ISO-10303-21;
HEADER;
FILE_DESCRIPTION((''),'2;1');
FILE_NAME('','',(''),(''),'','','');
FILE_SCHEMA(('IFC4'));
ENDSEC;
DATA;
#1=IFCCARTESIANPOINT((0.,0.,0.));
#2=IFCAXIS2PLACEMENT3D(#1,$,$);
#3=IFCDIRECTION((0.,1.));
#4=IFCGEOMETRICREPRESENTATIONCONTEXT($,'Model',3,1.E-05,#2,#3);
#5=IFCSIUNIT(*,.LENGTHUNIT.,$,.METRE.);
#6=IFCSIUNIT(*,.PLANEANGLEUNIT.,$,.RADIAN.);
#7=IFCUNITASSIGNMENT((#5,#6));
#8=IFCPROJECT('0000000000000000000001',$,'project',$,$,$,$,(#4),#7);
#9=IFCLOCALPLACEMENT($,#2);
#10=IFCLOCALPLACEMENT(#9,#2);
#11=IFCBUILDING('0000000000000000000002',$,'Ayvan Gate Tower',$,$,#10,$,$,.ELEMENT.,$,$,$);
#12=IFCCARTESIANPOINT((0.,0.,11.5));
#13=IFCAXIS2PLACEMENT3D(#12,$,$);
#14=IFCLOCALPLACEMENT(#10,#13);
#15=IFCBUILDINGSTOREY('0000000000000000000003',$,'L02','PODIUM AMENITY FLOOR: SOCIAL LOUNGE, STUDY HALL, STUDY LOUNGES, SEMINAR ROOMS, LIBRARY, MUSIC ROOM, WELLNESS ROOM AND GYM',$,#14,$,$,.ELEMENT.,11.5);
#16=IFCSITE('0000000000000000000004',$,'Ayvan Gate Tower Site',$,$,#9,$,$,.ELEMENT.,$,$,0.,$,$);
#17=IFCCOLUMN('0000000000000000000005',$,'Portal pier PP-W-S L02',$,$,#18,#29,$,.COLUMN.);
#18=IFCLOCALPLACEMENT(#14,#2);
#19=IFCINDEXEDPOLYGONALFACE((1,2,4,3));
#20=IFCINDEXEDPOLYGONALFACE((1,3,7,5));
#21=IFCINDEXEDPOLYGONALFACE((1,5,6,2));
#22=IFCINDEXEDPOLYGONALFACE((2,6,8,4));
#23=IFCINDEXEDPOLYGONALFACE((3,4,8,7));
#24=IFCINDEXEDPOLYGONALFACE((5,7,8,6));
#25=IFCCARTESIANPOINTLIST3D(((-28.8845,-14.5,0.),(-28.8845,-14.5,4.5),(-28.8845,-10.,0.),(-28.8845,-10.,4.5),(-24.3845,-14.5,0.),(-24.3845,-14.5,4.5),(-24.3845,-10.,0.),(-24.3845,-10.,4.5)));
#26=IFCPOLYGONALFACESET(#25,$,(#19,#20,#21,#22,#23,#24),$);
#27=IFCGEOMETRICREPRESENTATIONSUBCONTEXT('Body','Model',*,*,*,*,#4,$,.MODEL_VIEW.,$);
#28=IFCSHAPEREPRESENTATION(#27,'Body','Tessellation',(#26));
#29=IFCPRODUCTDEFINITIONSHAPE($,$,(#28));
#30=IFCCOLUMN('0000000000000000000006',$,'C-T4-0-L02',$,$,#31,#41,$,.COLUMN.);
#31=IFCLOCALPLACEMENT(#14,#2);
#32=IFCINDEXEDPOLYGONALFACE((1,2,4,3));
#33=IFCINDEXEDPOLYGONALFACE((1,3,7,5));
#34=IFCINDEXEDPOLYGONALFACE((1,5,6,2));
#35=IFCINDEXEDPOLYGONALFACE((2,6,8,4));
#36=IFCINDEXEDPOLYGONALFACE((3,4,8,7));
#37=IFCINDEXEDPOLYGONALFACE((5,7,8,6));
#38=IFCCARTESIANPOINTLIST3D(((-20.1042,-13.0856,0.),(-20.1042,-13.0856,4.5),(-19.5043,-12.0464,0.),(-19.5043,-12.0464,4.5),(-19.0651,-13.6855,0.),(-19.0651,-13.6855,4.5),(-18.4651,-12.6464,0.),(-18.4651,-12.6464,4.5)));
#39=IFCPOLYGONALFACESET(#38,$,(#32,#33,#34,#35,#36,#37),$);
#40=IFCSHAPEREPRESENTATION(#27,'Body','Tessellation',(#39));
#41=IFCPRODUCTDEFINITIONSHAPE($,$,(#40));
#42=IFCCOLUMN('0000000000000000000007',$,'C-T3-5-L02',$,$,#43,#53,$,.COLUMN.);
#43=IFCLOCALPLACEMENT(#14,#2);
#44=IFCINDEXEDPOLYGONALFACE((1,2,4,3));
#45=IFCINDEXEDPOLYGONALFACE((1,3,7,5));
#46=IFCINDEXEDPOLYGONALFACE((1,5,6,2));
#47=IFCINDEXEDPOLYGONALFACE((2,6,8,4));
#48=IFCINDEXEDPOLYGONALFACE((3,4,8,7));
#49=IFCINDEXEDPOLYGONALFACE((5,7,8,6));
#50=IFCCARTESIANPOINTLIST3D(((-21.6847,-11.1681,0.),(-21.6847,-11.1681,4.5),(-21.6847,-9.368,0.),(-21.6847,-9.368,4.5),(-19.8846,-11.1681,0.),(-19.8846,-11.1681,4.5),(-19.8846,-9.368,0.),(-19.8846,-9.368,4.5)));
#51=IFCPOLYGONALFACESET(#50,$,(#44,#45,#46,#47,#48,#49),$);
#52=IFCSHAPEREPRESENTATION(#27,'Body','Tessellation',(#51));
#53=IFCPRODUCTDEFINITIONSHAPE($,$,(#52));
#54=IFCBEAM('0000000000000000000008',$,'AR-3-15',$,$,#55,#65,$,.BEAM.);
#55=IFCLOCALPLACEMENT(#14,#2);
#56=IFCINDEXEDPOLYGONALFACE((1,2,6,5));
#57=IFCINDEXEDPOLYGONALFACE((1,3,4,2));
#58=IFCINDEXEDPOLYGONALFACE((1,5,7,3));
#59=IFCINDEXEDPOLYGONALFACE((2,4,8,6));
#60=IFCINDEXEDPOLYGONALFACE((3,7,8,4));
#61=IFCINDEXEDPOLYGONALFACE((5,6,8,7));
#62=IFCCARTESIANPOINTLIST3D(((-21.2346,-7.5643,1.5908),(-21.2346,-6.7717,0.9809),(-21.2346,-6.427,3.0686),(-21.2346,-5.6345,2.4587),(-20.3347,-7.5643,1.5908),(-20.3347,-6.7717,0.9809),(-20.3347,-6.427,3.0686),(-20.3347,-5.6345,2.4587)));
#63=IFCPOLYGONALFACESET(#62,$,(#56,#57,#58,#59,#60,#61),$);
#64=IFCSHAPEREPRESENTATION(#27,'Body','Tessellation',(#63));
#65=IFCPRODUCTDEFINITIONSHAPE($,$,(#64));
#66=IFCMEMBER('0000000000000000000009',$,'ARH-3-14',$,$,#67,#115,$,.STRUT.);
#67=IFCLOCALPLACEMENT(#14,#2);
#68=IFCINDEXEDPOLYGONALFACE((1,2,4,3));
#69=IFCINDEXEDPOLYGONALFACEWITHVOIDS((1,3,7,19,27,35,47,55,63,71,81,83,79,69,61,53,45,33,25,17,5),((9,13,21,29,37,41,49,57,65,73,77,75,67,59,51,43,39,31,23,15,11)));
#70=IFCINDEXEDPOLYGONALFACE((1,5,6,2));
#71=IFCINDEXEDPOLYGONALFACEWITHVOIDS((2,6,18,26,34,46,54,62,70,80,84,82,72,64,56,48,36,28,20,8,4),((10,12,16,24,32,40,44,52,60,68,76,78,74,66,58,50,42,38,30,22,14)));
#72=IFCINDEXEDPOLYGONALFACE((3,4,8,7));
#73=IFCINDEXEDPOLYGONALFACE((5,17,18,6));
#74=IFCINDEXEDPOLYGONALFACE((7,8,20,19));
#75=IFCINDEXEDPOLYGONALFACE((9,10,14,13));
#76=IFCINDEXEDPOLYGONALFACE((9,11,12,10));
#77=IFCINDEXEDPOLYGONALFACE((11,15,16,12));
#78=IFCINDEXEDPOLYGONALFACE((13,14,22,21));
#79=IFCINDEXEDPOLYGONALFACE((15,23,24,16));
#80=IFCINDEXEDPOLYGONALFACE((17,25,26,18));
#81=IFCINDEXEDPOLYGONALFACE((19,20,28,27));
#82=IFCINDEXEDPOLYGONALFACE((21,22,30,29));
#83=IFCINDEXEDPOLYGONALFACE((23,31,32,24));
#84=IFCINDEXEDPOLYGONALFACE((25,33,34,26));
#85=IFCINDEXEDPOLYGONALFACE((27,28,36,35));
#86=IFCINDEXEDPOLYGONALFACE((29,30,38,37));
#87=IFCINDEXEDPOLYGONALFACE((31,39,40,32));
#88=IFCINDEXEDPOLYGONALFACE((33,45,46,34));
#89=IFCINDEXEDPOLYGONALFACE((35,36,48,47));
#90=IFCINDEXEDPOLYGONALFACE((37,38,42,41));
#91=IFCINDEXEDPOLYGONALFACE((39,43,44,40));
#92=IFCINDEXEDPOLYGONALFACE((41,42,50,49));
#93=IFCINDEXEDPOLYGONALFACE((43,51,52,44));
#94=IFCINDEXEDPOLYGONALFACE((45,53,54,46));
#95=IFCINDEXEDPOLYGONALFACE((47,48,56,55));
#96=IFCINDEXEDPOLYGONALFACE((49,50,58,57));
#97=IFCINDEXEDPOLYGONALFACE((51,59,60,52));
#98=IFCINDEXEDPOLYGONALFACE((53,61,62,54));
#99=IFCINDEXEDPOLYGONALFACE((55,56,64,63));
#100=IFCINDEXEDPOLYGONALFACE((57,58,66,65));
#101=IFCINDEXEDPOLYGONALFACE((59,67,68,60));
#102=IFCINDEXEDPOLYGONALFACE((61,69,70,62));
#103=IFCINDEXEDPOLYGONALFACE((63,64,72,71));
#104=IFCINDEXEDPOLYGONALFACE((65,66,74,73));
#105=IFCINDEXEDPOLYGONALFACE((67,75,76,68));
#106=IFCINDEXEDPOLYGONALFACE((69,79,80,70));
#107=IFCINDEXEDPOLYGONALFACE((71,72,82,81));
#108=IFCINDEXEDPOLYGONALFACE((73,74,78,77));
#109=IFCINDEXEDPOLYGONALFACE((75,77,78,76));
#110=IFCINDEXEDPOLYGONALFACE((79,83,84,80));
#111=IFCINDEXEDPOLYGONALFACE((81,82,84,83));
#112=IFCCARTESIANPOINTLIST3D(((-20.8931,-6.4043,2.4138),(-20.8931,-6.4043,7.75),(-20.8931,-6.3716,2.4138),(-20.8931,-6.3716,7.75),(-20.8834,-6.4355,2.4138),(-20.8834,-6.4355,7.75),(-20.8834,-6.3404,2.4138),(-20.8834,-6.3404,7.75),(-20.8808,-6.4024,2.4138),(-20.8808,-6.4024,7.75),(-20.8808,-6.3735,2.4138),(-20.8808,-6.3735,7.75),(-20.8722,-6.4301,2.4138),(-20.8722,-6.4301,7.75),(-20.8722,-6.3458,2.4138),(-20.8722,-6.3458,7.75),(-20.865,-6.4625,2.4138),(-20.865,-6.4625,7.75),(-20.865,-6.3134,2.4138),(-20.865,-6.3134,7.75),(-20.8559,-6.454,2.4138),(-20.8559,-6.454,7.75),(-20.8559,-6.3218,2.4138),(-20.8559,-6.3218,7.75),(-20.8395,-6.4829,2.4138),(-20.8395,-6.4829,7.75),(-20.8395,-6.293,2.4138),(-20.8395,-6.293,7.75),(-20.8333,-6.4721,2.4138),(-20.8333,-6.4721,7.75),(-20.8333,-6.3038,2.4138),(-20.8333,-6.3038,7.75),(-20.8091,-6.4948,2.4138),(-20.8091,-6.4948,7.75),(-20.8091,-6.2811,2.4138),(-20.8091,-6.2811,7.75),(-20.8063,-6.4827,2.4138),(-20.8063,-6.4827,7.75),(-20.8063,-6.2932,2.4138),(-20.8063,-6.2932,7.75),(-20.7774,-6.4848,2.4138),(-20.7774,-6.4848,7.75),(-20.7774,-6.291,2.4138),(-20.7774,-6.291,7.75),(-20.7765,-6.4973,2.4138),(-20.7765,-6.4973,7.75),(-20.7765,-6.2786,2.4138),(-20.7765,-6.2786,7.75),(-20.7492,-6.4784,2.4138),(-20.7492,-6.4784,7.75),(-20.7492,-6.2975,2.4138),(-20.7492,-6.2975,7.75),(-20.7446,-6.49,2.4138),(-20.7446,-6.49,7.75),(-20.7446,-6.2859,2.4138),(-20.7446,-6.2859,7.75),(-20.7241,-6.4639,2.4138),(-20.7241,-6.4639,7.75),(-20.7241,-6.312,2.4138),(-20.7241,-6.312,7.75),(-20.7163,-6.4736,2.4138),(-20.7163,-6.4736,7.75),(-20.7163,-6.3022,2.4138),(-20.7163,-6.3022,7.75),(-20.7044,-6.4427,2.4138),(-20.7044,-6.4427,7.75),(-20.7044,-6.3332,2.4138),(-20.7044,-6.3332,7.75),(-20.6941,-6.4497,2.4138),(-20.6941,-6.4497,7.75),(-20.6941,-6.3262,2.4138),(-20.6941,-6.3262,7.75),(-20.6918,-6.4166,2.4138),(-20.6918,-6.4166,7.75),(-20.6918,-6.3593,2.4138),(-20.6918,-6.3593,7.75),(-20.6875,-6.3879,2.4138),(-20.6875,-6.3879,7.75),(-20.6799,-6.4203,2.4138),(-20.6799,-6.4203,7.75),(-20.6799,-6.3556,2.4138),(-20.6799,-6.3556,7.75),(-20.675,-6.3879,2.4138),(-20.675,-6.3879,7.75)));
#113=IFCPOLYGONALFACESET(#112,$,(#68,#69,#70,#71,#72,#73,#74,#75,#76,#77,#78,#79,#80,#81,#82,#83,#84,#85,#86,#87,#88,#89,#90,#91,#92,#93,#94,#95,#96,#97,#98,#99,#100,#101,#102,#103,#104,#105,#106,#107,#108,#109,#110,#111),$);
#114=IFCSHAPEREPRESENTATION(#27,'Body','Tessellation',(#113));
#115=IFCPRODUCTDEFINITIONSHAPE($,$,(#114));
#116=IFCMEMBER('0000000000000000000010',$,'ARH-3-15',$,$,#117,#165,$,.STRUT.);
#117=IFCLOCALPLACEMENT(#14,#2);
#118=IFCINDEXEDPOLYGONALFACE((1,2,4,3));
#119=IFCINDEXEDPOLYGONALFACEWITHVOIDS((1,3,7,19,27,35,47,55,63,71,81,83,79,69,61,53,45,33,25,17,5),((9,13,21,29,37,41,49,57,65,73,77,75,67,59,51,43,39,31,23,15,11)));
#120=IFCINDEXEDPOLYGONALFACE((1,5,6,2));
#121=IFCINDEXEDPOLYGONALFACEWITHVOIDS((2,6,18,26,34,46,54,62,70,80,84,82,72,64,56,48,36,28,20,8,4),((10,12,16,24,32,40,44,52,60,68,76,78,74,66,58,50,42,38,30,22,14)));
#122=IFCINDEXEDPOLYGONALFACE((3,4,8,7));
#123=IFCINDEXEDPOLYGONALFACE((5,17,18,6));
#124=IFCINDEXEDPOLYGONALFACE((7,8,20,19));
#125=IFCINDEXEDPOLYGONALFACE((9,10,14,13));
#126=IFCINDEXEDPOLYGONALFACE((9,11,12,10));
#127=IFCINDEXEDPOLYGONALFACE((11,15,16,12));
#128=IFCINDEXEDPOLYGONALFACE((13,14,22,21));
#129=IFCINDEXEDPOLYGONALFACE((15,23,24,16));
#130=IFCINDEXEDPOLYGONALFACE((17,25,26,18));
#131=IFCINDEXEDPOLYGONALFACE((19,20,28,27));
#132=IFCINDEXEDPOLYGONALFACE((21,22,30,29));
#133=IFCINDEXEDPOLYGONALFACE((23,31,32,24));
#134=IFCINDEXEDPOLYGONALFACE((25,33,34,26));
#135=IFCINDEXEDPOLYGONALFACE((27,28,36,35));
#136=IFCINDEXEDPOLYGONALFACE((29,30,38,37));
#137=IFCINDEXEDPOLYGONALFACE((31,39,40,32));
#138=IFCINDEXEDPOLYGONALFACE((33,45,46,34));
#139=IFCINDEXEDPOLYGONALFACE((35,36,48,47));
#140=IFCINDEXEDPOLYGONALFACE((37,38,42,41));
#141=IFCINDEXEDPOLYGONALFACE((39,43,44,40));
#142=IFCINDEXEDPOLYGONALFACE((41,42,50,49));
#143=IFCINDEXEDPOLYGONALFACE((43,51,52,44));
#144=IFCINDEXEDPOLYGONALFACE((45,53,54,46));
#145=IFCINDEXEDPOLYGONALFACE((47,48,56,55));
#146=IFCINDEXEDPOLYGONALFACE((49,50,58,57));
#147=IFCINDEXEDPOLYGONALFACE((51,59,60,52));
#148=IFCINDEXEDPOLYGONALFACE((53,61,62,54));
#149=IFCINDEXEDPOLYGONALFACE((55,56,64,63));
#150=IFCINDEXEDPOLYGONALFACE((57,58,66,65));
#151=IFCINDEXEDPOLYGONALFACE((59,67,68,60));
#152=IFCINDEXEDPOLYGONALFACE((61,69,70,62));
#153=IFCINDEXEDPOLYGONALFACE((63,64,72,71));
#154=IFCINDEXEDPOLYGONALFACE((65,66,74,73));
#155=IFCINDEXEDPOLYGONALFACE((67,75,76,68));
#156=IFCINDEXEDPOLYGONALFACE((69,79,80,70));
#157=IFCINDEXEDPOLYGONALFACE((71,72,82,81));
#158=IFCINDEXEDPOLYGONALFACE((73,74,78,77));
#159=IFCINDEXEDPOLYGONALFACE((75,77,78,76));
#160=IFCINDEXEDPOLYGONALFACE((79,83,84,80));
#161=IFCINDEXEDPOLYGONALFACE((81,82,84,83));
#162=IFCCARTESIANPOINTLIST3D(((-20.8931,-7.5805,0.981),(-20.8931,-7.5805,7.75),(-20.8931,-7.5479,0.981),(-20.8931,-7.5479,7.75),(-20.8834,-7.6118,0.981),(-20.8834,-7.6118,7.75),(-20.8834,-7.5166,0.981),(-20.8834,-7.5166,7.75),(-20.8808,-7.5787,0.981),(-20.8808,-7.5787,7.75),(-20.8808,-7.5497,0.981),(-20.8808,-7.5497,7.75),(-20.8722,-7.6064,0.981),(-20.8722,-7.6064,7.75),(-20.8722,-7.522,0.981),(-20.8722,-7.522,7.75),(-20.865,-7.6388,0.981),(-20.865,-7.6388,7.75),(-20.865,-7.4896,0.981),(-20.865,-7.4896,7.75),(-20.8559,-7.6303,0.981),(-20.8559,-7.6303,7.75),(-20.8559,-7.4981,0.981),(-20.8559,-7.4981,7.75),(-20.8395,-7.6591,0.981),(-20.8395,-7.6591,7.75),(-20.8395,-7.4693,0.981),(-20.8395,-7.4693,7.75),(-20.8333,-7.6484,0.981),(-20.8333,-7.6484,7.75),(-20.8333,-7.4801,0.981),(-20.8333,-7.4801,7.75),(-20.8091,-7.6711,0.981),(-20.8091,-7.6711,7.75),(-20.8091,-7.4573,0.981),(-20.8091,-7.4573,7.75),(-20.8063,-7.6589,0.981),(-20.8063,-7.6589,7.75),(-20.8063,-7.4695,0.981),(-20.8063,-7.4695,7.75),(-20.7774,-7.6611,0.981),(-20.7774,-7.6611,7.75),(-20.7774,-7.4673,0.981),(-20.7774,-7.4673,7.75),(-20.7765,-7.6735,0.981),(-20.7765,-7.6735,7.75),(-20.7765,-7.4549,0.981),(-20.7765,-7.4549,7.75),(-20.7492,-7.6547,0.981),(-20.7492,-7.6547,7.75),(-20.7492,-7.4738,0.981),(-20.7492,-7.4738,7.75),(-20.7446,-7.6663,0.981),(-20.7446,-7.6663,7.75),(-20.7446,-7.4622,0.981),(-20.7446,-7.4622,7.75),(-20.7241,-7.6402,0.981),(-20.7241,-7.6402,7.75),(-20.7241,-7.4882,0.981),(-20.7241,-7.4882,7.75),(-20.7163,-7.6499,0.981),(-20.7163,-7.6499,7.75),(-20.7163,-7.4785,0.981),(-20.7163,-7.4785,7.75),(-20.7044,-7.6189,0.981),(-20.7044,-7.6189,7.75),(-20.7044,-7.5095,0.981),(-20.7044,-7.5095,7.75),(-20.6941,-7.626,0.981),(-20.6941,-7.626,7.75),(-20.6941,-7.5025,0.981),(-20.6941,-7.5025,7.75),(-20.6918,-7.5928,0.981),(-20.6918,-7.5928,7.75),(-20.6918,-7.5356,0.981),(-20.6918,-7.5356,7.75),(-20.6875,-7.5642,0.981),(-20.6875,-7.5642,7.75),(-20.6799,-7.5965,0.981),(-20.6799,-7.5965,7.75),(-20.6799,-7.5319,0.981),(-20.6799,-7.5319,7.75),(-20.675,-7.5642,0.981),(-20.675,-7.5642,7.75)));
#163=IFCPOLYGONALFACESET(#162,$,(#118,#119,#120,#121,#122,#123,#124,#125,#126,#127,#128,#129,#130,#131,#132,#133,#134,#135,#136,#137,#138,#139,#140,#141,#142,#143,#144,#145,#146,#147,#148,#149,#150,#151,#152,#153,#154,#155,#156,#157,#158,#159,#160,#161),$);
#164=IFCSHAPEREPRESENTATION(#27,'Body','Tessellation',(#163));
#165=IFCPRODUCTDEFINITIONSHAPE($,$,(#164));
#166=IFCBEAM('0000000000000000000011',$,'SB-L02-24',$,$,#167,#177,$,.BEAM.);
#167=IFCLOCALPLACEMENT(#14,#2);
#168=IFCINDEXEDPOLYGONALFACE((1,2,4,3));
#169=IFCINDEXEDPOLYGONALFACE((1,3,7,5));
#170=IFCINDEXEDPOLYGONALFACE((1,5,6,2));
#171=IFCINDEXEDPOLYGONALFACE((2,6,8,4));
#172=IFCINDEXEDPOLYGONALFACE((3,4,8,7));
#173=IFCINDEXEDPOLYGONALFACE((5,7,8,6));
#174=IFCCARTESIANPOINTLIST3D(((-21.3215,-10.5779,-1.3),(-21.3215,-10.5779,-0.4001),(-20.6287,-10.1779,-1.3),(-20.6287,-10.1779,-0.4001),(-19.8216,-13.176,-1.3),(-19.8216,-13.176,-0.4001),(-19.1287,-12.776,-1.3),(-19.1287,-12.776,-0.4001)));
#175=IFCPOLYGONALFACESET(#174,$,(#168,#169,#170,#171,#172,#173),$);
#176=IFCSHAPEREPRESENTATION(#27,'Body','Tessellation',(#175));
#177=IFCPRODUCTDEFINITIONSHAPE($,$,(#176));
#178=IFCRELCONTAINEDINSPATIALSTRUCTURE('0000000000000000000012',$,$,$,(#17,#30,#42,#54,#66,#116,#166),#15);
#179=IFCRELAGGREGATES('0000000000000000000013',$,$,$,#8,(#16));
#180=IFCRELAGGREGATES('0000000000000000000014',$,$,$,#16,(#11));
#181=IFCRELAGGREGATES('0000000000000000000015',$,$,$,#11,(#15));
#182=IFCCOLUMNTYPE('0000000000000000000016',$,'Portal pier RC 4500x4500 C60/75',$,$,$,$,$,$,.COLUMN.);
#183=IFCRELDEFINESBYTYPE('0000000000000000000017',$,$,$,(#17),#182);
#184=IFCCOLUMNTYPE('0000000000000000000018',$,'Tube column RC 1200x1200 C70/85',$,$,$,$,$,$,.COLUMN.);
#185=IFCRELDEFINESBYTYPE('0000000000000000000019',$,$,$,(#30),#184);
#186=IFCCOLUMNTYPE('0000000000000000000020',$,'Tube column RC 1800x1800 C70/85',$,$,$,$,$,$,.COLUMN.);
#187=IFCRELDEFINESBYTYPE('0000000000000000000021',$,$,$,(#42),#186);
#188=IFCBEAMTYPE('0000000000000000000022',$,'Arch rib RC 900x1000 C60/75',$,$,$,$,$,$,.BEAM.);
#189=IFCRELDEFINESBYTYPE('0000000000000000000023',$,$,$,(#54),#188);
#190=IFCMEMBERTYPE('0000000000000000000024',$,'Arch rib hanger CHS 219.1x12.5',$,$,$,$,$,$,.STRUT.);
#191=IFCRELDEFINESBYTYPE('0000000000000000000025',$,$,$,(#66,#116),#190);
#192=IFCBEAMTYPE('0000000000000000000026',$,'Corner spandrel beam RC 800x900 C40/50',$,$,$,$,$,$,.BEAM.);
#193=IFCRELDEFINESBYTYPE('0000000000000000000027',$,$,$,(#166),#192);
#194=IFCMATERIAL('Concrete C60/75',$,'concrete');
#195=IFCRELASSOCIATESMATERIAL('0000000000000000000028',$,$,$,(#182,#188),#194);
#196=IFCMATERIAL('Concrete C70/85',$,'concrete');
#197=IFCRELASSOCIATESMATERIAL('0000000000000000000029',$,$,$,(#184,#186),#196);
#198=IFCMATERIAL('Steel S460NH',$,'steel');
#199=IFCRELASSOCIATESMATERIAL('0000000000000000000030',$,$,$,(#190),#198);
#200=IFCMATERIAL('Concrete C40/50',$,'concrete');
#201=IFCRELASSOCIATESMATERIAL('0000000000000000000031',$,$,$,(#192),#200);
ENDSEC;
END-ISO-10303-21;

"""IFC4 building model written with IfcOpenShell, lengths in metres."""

from ifc_helpers import new_model, si_unit, direction, frame, origin, origin_2d, place, context, subcontext, project, spatial, rectangle, hollow_circle, extrude, material, material_profile, profile_set, type_object, element, save


model = new_model("IFC4")

# Units and contexts
model_context = context("Model", 3, precision=1e-05, world=origin(), true_north=direction((0.0, 1.0)))
body_context = subcontext(model_context, "Body", "Model", "MODEL_VIEW")
ifc_project = project(units=[si_unit("LENGTHUNIT", "METRE"), si_unit("PLANEANGLEUNIT", "RADIAN")], contexts=[model_context])

# Site, building, storey
site_placement = place(None, origin())
site = spatial("IfcSite", under=ifc_project, at=site_placement, Name="Ayvan Gate Tower Site", CompositionType="ELEMENT", RefElevation=0.0)
building_placement = place(site_placement, origin())
building = spatial("IfcBuilding", under=site, at=building_placement, Name="Ayvan Gate Tower", CompositionType="ELEMENT")
storey_placement = place(building_placement, frame((0.0, 0.0, 11.5)))
storey = spatial("IfcBuildingStorey", under=building, at=storey_placement, Name="L02", Description="PODIUM AMENITY FLOOR: SOCIAL LOUNGE, STUDY HALL, STUDY LOUNGES, SEMINAR ROOMS, LIBRARY, MUSIC ROOM, WELLNESS ROOM AND GYM", CompositionType="ELEMENT", Elevation=11.5)

# Columns
ifc_material_1 = material(Name="Concrete C60/75", Category="concrete")
ifc_material_profile_1 = material_profile(ifc_material_1, rectangle(XDim=4.5, YDim=4.5, at=origin_2d()), Name="RC 4500x4500")
ifc_profile_set_1 = profile_set([ifc_material_profile_1], Name="Concrete C60/75")
column_type_1 = type_object("IfcColumnType", Name="Portal pier RC 4500x4500 C60/75", PredefinedType="COLUMN", material=ifc_profile_set_1)
column_1_placement = place(storey_placement, frame((-26.6345, -12.25, 0.0), z_axis=(0.0, 0.0, 1.0), x_axis=(-1.0, 0.0, 0.0)))
element("IfcColumn", 1, at=column_1_placement, inside=storey, type_object=column_type_1, Name="Portal pier PP-W-S L02", PredefinedType="COLUMN", context=body_context, shape_type="SweptSolid", body=[
    extrude(rectangle(XDim=4.5, YDim=4.5, at=origin_2d()), origin(), (0.0, 0.0, 1.0), 4.5),
])
ifc_material_2 = material(Name="Concrete C70/85", Category="concrete")
ifc_material_profile_2 = material_profile(ifc_material_2, rectangle(XDim=1.2, YDim=1.2, at=origin_2d()), Name="RC 1200x1200")
ifc_profile_set_2 = profile_set([ifc_material_profile_2], Name="Concrete C70/85")
column_type_2 = type_object("IfcColumnType", Name="Tube column RC 1200x1200 C70/85", PredefinedType="COLUMN", material=ifc_profile_set_2)
column_2_placement = place(storey_placement, frame((-19.2847, -12.866, 0.0), z_axis=(0.0, 0.0, 1.0), x_axis=(-0.5, -0.866025, 0.0)))
element("IfcColumn", 2, at=column_2_placement, inside=storey, type_object=column_type_2, Name="C-T4-0-L02", PredefinedType="COLUMN", context=body_context, shape_type="SweptSolid", body=[
    extrude(rectangle(XDim=1.2, YDim=1.2, at=origin_2d()), origin(), (0.0, 0.0, 1.0), 4.5),
])
ifc_material_profile_3 = material_profile(ifc_material_2, rectangle(XDim=1.8, YDim=1.8, at=origin_2d()), Name="RC 1800x1800")
ifc_profile_set_3 = profile_set([ifc_material_profile_3], Name="Concrete C70/85")
column_type_3 = type_object("IfcColumnType", Name="Tube column RC 1800x1800 C70/85", PredefinedType="COLUMN", material=ifc_profile_set_3)
column_3_placement = place(storey_placement, frame((-20.7847, -10.2681, 0.0), z_axis=(0.0, 0.0, 1.0), x_axis=(-1.0, 0.0, 0.0)))
element("IfcColumn", 3, at=column_3_placement, inside=storey, type_object=column_type_3, Name="C-T3-5-L02", PredefinedType="COLUMN", context=body_context, shape_type="SweptSolid", body=[
    extrude(rectangle(XDim=1.8, YDim=1.8, at=origin_2d()), origin(), (0.0, 0.0, 1.0), 4.5),
])

# Beam
ifc_material_profile_4 = material_profile(ifc_material_1, rectangle(XDim=0.8999, YDim=1.0, at=origin_2d()), Name="RC 900x1000")
ifc_profile_set_4 = profile_set([ifc_material_profile_4], Name="Concrete C60/75")
beam_type_1 = type_object("IfcBeamType", Name="Arch rib RC 900x1000 C60/75", PredefinedType="BEAM", material=ifc_profile_set_4)
beam_1_placement = place(storey_placement, frame((-20.7847, -6.0308, 2.7637), z_axis=(0.0, -0.609863, -0.792507), x_axis=(1.0, 0.0, 0.0)))
element("IfcBeam", 4, at=beam_1_placement, inside=storey, type_object=beam_type_1, Name="AR-3-15", PredefinedType="BEAM", context=body_context, shape_type="SweptSolid", body=[
    extrude(rectangle(XDim=0.8999, YDim=1.0, at=origin_2d()), origin(), (0.0, 0.0, 1.0), 1.8647),
])

# Members
ifc_material_3 = material(Name="Steel S460NH", Category="steel")
ifc_material_profile_5 = material_profile(ifc_material_3, hollow_circle(Radius=0.1096, WallThickness=0.0125, at=origin_2d()), Name="CHS 219.1x12.5")
ifc_profile_set_5 = profile_set([ifc_material_profile_5], Name="Steel S460NH")
member_type_1 = type_object("IfcMemberType", Name="Arch rib hanger CHS 219.1x12.5", PredefinedType="STRUT", material=ifc_profile_set_5)
member_1_placement = place(storey_placement, frame((-20.7847, -6.3879, 2.4138), z_axis=(0.0, 0.0, 1.0), x_axis=(1.0, 0.0, 0.0)))
element("IfcMember", 5, at=member_1_placement, inside=storey, type_object=member_type_1, Name="ARH-3-14", PredefinedType="STRUT", context=body_context, shape_type="SweptSolid", body=[
    extrude(hollow_circle(Radius=0.1096, WallThickness=0.0125, at=origin_2d()), origin(), (0.0, 0.0, 1.0), 5.3362),
])
member_2_placement = place(storey_placement, frame((-20.7847, -7.5642, 0.981), z_axis=(0.0, 0.0, 1.0), x_axis=(1.0, 0.0, 0.0)))
element("IfcMember", 6, at=member_2_placement, inside=storey, type_object=member_type_1, Name="ARH-3-15", PredefinedType="STRUT", context=body_context, shape_type="SweptSolid", body=[
    extrude(hollow_circle(Radius=0.1096, WallThickness=0.0125, at=origin_2d()), origin(), (0.0, 0.0, 1.0), 6.769),
])

# Beam
ifc_material_4 = material(Name="Concrete C40/50", Category="concrete")
ifc_material_profile_6 = material_profile(ifc_material_4, rectangle(XDim=0.8, YDim=0.8999, at=origin_2d()), Name="RC 800x900")
ifc_profile_set_6 = profile_set([ifc_material_profile_6], Name="Concrete C40/50")
beam_type_2 = type_object("IfcBeamType", Name="Corner spandrel beam RC 800x900 C40/50", PredefinedType="BEAM", material=ifc_profile_set_6)
beam_2_placement = place(storey_placement, frame((-20.9751, -10.3779, -0.8501), z_axis=(0.49999, -0.866031, 0.0), x_axis=(0.866031, 0.49999, 0.0)))
element("IfcBeam", 7, at=beam_2_placement, inside=storey, type_object=beam_type_2, Name="SB-L02-24", PredefinedType="BEAM", context=body_context, shape_type="SweptSolid", body=[
    extrude(rectangle(XDim=0.8, YDim=0.8999, at=origin_2d()), origin(), (0.0, 0.0, 1.0), 3.0),
])

save(model, "model.ifc")
